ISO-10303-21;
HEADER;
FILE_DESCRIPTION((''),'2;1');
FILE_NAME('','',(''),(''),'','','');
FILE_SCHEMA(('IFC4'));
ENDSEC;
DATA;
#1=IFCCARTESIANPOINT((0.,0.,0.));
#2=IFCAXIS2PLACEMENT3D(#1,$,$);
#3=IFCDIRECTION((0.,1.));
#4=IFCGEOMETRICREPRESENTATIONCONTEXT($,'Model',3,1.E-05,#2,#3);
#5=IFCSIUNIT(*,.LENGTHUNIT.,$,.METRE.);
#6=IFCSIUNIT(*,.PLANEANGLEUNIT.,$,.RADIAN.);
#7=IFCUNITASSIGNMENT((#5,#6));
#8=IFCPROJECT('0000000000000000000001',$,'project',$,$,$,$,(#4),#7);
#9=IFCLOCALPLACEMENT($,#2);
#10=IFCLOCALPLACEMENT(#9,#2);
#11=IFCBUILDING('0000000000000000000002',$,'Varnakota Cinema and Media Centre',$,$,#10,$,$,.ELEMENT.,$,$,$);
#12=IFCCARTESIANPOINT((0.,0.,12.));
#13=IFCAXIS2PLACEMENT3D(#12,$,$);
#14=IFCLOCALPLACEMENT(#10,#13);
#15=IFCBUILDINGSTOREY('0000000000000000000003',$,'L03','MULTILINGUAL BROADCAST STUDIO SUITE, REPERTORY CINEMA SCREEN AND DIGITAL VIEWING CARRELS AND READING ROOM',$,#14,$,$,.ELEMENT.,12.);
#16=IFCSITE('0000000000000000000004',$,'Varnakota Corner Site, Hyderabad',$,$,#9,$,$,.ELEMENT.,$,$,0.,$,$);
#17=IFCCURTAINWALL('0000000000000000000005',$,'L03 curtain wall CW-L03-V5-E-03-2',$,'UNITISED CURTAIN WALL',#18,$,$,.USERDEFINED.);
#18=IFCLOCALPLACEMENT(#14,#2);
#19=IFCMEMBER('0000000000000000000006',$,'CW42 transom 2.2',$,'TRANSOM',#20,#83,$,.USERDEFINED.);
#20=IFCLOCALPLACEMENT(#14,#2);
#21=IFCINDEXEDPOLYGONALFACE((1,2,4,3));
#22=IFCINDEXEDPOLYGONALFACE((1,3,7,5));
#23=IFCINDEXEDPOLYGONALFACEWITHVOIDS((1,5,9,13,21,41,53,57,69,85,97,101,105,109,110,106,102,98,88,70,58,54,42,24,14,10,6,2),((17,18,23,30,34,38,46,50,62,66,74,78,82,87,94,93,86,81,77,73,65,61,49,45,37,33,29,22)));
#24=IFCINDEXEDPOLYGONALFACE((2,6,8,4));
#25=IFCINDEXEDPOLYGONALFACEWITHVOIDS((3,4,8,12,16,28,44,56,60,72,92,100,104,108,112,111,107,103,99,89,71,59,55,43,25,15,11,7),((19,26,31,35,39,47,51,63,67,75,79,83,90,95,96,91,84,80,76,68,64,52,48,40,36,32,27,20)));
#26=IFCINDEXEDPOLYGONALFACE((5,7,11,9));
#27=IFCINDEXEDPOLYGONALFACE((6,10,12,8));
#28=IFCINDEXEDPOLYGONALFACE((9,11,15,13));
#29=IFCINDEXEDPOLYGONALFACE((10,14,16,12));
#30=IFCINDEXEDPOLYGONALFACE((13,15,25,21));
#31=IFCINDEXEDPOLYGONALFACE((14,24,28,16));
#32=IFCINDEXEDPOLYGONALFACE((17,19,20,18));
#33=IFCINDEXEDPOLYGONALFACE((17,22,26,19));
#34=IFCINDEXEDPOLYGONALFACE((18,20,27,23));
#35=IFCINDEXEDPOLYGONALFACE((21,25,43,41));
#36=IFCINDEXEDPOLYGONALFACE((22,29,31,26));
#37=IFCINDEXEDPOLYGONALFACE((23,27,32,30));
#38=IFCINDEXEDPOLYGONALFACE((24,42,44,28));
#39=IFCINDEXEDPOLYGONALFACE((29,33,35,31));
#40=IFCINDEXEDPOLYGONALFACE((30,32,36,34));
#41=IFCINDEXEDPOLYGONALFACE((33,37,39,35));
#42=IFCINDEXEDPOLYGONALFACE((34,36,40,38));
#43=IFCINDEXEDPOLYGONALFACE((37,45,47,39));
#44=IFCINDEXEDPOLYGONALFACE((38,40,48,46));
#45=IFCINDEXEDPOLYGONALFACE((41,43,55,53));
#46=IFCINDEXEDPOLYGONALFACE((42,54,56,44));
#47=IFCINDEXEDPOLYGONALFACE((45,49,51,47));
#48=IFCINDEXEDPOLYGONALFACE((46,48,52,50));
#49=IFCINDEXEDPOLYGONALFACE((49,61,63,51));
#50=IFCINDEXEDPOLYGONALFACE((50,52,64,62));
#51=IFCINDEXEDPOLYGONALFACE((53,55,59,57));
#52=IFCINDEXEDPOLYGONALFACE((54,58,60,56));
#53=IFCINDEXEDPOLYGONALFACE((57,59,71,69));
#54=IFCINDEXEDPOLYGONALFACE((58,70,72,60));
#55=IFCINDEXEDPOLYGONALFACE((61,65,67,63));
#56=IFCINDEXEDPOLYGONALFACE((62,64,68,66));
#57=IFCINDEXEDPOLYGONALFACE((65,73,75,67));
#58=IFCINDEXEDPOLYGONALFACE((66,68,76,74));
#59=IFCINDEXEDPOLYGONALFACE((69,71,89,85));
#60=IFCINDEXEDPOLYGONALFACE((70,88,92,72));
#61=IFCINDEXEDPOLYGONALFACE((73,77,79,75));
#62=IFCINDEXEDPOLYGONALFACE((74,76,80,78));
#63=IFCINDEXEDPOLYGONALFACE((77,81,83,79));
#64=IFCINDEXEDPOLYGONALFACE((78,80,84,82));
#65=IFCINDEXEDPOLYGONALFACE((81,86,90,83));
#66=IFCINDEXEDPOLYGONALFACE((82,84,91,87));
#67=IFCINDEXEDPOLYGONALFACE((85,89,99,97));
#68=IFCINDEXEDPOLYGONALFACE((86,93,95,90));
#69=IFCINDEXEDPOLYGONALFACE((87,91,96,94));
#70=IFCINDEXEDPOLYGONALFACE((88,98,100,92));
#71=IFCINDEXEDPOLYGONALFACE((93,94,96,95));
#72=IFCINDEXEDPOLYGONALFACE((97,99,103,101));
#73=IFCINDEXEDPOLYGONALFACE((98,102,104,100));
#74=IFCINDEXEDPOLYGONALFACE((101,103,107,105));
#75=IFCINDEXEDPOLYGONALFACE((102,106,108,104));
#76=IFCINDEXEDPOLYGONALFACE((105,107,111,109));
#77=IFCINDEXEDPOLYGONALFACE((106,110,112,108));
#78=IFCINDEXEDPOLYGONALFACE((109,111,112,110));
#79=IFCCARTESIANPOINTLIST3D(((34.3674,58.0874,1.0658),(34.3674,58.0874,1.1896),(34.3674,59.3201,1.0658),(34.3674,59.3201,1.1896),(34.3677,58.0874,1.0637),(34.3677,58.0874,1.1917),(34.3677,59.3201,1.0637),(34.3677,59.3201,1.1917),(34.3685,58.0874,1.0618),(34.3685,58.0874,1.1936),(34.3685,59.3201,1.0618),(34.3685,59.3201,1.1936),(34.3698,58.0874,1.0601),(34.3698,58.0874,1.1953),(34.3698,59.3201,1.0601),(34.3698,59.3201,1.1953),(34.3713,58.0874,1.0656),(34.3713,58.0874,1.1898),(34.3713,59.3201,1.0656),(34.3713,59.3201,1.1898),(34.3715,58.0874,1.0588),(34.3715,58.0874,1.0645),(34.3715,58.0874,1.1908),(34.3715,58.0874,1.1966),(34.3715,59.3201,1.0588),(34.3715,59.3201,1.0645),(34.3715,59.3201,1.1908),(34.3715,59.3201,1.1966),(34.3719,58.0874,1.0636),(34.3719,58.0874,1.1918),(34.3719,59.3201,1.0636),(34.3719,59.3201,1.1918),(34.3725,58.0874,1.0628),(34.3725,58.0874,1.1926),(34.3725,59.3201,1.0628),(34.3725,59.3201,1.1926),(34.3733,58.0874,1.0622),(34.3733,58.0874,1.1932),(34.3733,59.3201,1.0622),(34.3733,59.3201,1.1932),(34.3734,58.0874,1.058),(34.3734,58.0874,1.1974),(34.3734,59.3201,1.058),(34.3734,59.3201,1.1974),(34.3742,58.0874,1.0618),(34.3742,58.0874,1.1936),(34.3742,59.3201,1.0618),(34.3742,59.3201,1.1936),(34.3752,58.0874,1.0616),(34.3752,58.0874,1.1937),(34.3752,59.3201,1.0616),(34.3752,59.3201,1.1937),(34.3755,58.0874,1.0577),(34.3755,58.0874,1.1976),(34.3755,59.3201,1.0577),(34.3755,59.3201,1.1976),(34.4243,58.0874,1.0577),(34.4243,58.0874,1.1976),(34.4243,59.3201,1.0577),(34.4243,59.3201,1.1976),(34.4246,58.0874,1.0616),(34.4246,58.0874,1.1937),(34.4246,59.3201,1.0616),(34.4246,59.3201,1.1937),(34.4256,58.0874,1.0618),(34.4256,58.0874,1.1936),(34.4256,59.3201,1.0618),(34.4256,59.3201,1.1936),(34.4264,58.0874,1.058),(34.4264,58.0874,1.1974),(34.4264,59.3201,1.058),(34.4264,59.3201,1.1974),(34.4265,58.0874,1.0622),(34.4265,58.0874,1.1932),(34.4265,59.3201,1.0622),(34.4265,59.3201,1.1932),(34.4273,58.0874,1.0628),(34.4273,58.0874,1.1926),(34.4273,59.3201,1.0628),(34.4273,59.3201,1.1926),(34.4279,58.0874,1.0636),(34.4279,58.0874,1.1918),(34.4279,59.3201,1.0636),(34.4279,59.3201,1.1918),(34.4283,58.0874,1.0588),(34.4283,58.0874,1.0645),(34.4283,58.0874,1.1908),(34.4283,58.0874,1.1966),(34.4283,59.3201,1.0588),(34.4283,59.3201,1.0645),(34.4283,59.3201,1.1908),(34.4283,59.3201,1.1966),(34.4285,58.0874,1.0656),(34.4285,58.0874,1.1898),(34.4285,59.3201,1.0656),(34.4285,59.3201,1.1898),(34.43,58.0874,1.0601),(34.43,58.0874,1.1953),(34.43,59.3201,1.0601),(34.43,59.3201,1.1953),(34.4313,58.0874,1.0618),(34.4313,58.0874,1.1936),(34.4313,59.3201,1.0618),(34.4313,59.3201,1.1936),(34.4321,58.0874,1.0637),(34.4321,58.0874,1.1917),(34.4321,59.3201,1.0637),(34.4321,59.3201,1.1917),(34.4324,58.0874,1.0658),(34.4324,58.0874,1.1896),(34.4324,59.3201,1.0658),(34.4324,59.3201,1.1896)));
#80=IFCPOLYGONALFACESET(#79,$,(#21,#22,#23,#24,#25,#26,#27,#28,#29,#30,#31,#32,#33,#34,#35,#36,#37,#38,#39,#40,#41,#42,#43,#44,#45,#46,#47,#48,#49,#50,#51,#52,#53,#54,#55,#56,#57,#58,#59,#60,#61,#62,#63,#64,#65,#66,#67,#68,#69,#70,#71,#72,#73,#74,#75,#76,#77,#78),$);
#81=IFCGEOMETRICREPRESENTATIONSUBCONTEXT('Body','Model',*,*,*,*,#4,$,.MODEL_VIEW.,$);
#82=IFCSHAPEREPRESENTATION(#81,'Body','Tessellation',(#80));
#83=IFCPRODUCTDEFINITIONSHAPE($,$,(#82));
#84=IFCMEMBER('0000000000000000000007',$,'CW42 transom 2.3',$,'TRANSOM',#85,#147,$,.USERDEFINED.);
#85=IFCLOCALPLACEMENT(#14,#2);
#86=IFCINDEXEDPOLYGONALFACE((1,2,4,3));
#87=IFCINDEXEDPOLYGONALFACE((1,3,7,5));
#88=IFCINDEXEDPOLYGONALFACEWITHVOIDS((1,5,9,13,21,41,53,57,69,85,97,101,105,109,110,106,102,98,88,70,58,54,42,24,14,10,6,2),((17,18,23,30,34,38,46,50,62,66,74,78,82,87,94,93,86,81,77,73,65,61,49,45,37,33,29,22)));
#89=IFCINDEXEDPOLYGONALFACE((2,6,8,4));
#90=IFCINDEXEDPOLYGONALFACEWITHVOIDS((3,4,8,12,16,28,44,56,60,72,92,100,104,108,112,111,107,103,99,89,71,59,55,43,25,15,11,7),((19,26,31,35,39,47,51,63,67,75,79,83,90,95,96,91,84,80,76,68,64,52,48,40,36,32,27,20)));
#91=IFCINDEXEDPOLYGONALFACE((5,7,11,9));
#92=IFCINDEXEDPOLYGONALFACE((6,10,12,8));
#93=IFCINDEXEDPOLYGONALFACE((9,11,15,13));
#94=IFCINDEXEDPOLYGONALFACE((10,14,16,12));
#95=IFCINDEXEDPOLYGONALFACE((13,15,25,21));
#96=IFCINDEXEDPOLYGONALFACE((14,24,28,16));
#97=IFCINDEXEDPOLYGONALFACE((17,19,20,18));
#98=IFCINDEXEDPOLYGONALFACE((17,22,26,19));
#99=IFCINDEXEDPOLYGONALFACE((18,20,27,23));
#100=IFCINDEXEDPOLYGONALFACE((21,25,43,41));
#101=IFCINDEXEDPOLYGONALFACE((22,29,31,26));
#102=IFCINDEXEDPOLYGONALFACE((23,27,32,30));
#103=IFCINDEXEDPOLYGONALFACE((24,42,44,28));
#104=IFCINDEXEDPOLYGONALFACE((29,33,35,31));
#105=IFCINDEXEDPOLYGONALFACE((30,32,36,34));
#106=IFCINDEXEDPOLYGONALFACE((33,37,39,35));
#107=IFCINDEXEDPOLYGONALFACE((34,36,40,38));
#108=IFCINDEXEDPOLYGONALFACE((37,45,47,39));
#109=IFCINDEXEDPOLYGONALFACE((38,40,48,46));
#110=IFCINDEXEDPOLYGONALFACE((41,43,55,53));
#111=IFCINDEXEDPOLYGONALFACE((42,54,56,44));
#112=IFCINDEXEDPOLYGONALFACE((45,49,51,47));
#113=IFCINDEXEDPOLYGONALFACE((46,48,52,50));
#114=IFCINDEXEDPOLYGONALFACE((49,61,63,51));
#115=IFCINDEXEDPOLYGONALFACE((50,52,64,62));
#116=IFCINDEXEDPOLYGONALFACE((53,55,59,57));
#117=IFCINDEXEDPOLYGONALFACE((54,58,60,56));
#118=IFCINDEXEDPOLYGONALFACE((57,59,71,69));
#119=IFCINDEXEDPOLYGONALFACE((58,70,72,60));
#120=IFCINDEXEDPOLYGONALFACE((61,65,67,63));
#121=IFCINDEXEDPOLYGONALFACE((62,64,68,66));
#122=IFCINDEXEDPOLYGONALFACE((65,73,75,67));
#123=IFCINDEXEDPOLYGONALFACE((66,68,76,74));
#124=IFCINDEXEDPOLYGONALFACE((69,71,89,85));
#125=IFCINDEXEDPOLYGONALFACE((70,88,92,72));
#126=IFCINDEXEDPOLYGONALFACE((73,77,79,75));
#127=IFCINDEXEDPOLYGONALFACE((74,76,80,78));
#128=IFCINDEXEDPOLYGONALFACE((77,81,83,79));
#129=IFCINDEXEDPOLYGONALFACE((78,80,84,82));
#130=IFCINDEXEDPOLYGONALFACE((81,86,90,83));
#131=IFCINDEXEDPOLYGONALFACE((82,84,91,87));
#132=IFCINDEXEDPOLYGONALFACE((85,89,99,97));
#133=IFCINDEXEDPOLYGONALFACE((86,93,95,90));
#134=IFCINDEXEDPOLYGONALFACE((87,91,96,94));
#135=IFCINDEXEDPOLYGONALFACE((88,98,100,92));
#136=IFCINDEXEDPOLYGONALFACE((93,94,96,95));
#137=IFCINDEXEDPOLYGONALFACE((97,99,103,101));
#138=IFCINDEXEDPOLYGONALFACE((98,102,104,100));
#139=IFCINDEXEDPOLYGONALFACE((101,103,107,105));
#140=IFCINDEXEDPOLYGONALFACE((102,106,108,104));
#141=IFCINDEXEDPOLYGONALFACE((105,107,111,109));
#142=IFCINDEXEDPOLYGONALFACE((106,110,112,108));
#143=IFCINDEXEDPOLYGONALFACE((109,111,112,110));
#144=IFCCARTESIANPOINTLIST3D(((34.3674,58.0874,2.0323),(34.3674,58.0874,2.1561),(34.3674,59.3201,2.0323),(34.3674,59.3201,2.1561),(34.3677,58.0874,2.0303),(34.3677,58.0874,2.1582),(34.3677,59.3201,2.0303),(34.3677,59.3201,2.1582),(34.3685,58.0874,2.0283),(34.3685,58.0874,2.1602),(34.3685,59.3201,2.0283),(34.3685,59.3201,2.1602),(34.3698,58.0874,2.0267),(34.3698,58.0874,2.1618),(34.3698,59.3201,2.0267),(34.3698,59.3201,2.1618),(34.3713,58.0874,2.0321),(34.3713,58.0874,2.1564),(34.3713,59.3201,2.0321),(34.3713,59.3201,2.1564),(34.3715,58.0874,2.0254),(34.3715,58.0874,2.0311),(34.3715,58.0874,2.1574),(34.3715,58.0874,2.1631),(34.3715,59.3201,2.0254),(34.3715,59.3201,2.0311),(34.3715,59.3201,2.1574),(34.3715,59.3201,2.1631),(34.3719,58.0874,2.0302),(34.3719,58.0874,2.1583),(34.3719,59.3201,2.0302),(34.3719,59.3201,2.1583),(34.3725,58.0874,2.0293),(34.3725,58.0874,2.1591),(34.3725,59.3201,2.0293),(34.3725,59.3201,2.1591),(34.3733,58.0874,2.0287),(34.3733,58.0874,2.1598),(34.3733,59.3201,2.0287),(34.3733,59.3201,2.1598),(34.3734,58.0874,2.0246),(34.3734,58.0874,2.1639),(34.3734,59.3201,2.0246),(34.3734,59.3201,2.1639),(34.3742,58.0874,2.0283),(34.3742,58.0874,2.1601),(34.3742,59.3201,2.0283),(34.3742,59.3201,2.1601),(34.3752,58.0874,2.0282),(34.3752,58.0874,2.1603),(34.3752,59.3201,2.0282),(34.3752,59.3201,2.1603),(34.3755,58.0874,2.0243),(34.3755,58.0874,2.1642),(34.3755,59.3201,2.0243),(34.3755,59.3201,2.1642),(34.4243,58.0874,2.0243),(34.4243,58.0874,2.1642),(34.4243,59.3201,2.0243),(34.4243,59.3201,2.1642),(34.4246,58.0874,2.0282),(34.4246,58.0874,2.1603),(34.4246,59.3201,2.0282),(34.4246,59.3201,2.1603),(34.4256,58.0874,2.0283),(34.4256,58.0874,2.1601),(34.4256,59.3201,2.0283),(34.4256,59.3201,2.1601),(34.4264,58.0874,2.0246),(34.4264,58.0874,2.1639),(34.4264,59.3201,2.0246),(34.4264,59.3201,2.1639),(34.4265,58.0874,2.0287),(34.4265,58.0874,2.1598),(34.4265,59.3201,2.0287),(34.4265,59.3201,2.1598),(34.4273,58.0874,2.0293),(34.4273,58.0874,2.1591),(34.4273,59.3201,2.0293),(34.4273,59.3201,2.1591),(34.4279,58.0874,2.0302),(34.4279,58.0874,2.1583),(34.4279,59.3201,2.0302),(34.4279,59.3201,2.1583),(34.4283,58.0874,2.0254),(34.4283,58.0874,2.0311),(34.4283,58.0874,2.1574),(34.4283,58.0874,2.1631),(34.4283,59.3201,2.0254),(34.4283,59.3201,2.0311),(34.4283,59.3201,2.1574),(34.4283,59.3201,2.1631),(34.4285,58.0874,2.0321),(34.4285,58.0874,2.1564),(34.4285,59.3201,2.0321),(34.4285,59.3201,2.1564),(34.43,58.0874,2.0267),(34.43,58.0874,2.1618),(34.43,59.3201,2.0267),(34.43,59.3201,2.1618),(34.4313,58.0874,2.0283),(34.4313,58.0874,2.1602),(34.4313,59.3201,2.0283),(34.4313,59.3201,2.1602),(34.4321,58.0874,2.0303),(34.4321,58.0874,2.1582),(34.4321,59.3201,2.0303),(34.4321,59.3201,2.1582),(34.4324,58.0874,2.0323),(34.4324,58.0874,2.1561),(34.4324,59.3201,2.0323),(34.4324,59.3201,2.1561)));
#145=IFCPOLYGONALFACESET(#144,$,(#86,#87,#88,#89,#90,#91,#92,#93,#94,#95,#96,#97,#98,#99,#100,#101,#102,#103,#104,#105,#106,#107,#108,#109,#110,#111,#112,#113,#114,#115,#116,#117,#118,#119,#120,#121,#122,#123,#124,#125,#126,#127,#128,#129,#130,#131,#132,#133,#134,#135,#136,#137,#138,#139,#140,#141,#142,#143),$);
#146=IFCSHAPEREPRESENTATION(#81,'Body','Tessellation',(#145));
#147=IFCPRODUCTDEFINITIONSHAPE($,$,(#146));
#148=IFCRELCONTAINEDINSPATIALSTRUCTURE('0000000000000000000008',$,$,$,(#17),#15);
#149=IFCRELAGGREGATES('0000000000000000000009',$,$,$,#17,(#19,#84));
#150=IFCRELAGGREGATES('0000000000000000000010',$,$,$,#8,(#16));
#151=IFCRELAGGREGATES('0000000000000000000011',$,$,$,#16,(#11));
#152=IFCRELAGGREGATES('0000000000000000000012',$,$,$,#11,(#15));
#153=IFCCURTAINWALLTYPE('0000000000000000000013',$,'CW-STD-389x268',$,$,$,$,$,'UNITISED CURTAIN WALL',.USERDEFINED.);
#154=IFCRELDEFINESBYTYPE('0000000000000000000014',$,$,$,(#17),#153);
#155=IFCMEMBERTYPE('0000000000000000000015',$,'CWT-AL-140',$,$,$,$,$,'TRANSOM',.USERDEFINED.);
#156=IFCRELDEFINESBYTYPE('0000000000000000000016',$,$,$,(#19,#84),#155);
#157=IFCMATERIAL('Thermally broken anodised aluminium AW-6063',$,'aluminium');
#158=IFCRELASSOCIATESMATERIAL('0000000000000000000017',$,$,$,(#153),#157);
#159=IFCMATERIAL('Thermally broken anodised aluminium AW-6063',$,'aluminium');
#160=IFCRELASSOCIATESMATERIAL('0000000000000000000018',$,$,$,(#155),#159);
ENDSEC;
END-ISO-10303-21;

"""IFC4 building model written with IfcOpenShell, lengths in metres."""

from ifc_helpers import new_model, si_unit, direction, frame, origin, origin_2d, place, context, subcontext, project, spatial, hollow_rectangle, extrude, material, material_profile, profile_set, type_object, element, aggregate, save


model = new_model("IFC4")

# Units and contexts
model_context = context("Model", 3, precision=1e-05, world=origin(), true_north=direction((0.0, 1.0)))
body_context = subcontext(model_context, "Body", "Model", "MODEL_VIEW")
ifc_project = project(units=[si_unit("LENGTHUNIT", "METRE"), si_unit("PLANEANGLEUNIT", "RADIAN")], contexts=[model_context])

# Site, building, storey
site_placement = place(None, origin())
site = spatial("IfcSite", under=ifc_project, at=site_placement, Name="Varnakota Corner Site, Hyderabad", CompositionType="ELEMENT", RefElevation=0.0)
building_placement = place(site_placement, origin())
building = spatial("IfcBuilding", under=site, at=building_placement, Name="Varnakota Cinema and Media Centre", CompositionType="ELEMENT")
storey_placement = place(building_placement, frame((0.0, 0.0, 12.0)))
storey = spatial("IfcBuildingStorey", under=building, at=storey_placement, Name="L03", Description="MULTILINGUAL BROADCAST STUDIO SUITE, REPERTORY CINEMA SCREEN AND DIGITAL VIEWING CARRELS AND READING ROOM", CompositionType="ELEMENT", Elevation=12.0)

# Curtain wall
ifc_material_1 = material(Name="Thermally broken anodised aluminium AW-6063", Category="aluminium")
curtain_wall_type_1 = type_object("IfcCurtainWallType", Name="CW-STD-389x268", ElementType="UNITISED CURTAIN WALL", PredefinedType="USERDEFINED", material=ifc_material_1)
curtain_wall_1_placement = place(storey_placement, origin())
curtain_wall_1 = element("IfcCurtainWall", 1, at=curtain_wall_1_placement, inside=storey, type_object=curtain_wall_type_1, Name="L03 curtain wall CW-L03-V5-E-03-2", ObjectType="UNITISED CURTAIN WALL", PredefinedType="USERDEFINED")

# Members
ifc_material_2 = material(Name="Thermally broken anodised aluminium AW-6063", Category="aluminium")
ifc_material_profile_1 = material_profile(ifc_material_2, hollow_rectangle(XDim=0.0649, YDim=0.1399, WallThickness=0.0039, InnerFilletRadius=0.0039, OuterFilletRadius=0.0081, at=origin_2d()), Name="AL-TRANSOM 140x65x4")
ifc_profile_set_1 = profile_set([ifc_material_profile_1], Name="Thermally broken anodised aluminium AW-6063")
member_type_1 = type_object("IfcMemberType", Name="CWT-AL-140", ElementType="TRANSOM", PredefinedType="USERDEFINED", material=ifc_profile_set_1)
member_1_placement = place(storey_placement, frame((34.3999, 58.0874, 1.1277), z_axis=(0.0, 1.0, 0.0), x_axis=(-1.0, 0.0, 0.0)))
member_1 = element("IfcMember", 2, at=member_1_placement, type_object=member_type_1, Name="CW42 transom 2.2", ObjectType="TRANSOM", PredefinedType="USERDEFINED", context=body_context, shape_type="SweptSolid", body=[
    extrude(hollow_rectangle(XDim=0.0649, YDim=0.1399, WallThickness=0.0039, InnerFilletRadius=0.0039, OuterFilletRadius=0.0081, at=origin_2d()), origin(), (0.0, 0.0, 1.0), 1.2327),
])
member_2_placement = place(storey_placement, frame((34.3999, 58.0874, 2.0942), z_axis=(0.0, 1.0, 0.0), x_axis=(-1.0, 0.0, 0.0)))
member_2 = element("IfcMember", 3, at=member_2_placement, type_object=member_type_1, Name="CW42 transom 2.3", ObjectType="TRANSOM", PredefinedType="USERDEFINED", context=body_context, shape_type="SweptSolid", body=[
    extrude(hollow_rectangle(XDim=0.0649, YDim=0.1399, WallThickness=0.0039, InnerFilletRadius=0.0039, OuterFilletRadius=0.0081, at=origin_2d()), origin(), (0.0, 0.0, 1.0), 1.2327),
])

aggregate(curtain_wall_1, [member_1, member_2])

save(model, "model.ifc")
